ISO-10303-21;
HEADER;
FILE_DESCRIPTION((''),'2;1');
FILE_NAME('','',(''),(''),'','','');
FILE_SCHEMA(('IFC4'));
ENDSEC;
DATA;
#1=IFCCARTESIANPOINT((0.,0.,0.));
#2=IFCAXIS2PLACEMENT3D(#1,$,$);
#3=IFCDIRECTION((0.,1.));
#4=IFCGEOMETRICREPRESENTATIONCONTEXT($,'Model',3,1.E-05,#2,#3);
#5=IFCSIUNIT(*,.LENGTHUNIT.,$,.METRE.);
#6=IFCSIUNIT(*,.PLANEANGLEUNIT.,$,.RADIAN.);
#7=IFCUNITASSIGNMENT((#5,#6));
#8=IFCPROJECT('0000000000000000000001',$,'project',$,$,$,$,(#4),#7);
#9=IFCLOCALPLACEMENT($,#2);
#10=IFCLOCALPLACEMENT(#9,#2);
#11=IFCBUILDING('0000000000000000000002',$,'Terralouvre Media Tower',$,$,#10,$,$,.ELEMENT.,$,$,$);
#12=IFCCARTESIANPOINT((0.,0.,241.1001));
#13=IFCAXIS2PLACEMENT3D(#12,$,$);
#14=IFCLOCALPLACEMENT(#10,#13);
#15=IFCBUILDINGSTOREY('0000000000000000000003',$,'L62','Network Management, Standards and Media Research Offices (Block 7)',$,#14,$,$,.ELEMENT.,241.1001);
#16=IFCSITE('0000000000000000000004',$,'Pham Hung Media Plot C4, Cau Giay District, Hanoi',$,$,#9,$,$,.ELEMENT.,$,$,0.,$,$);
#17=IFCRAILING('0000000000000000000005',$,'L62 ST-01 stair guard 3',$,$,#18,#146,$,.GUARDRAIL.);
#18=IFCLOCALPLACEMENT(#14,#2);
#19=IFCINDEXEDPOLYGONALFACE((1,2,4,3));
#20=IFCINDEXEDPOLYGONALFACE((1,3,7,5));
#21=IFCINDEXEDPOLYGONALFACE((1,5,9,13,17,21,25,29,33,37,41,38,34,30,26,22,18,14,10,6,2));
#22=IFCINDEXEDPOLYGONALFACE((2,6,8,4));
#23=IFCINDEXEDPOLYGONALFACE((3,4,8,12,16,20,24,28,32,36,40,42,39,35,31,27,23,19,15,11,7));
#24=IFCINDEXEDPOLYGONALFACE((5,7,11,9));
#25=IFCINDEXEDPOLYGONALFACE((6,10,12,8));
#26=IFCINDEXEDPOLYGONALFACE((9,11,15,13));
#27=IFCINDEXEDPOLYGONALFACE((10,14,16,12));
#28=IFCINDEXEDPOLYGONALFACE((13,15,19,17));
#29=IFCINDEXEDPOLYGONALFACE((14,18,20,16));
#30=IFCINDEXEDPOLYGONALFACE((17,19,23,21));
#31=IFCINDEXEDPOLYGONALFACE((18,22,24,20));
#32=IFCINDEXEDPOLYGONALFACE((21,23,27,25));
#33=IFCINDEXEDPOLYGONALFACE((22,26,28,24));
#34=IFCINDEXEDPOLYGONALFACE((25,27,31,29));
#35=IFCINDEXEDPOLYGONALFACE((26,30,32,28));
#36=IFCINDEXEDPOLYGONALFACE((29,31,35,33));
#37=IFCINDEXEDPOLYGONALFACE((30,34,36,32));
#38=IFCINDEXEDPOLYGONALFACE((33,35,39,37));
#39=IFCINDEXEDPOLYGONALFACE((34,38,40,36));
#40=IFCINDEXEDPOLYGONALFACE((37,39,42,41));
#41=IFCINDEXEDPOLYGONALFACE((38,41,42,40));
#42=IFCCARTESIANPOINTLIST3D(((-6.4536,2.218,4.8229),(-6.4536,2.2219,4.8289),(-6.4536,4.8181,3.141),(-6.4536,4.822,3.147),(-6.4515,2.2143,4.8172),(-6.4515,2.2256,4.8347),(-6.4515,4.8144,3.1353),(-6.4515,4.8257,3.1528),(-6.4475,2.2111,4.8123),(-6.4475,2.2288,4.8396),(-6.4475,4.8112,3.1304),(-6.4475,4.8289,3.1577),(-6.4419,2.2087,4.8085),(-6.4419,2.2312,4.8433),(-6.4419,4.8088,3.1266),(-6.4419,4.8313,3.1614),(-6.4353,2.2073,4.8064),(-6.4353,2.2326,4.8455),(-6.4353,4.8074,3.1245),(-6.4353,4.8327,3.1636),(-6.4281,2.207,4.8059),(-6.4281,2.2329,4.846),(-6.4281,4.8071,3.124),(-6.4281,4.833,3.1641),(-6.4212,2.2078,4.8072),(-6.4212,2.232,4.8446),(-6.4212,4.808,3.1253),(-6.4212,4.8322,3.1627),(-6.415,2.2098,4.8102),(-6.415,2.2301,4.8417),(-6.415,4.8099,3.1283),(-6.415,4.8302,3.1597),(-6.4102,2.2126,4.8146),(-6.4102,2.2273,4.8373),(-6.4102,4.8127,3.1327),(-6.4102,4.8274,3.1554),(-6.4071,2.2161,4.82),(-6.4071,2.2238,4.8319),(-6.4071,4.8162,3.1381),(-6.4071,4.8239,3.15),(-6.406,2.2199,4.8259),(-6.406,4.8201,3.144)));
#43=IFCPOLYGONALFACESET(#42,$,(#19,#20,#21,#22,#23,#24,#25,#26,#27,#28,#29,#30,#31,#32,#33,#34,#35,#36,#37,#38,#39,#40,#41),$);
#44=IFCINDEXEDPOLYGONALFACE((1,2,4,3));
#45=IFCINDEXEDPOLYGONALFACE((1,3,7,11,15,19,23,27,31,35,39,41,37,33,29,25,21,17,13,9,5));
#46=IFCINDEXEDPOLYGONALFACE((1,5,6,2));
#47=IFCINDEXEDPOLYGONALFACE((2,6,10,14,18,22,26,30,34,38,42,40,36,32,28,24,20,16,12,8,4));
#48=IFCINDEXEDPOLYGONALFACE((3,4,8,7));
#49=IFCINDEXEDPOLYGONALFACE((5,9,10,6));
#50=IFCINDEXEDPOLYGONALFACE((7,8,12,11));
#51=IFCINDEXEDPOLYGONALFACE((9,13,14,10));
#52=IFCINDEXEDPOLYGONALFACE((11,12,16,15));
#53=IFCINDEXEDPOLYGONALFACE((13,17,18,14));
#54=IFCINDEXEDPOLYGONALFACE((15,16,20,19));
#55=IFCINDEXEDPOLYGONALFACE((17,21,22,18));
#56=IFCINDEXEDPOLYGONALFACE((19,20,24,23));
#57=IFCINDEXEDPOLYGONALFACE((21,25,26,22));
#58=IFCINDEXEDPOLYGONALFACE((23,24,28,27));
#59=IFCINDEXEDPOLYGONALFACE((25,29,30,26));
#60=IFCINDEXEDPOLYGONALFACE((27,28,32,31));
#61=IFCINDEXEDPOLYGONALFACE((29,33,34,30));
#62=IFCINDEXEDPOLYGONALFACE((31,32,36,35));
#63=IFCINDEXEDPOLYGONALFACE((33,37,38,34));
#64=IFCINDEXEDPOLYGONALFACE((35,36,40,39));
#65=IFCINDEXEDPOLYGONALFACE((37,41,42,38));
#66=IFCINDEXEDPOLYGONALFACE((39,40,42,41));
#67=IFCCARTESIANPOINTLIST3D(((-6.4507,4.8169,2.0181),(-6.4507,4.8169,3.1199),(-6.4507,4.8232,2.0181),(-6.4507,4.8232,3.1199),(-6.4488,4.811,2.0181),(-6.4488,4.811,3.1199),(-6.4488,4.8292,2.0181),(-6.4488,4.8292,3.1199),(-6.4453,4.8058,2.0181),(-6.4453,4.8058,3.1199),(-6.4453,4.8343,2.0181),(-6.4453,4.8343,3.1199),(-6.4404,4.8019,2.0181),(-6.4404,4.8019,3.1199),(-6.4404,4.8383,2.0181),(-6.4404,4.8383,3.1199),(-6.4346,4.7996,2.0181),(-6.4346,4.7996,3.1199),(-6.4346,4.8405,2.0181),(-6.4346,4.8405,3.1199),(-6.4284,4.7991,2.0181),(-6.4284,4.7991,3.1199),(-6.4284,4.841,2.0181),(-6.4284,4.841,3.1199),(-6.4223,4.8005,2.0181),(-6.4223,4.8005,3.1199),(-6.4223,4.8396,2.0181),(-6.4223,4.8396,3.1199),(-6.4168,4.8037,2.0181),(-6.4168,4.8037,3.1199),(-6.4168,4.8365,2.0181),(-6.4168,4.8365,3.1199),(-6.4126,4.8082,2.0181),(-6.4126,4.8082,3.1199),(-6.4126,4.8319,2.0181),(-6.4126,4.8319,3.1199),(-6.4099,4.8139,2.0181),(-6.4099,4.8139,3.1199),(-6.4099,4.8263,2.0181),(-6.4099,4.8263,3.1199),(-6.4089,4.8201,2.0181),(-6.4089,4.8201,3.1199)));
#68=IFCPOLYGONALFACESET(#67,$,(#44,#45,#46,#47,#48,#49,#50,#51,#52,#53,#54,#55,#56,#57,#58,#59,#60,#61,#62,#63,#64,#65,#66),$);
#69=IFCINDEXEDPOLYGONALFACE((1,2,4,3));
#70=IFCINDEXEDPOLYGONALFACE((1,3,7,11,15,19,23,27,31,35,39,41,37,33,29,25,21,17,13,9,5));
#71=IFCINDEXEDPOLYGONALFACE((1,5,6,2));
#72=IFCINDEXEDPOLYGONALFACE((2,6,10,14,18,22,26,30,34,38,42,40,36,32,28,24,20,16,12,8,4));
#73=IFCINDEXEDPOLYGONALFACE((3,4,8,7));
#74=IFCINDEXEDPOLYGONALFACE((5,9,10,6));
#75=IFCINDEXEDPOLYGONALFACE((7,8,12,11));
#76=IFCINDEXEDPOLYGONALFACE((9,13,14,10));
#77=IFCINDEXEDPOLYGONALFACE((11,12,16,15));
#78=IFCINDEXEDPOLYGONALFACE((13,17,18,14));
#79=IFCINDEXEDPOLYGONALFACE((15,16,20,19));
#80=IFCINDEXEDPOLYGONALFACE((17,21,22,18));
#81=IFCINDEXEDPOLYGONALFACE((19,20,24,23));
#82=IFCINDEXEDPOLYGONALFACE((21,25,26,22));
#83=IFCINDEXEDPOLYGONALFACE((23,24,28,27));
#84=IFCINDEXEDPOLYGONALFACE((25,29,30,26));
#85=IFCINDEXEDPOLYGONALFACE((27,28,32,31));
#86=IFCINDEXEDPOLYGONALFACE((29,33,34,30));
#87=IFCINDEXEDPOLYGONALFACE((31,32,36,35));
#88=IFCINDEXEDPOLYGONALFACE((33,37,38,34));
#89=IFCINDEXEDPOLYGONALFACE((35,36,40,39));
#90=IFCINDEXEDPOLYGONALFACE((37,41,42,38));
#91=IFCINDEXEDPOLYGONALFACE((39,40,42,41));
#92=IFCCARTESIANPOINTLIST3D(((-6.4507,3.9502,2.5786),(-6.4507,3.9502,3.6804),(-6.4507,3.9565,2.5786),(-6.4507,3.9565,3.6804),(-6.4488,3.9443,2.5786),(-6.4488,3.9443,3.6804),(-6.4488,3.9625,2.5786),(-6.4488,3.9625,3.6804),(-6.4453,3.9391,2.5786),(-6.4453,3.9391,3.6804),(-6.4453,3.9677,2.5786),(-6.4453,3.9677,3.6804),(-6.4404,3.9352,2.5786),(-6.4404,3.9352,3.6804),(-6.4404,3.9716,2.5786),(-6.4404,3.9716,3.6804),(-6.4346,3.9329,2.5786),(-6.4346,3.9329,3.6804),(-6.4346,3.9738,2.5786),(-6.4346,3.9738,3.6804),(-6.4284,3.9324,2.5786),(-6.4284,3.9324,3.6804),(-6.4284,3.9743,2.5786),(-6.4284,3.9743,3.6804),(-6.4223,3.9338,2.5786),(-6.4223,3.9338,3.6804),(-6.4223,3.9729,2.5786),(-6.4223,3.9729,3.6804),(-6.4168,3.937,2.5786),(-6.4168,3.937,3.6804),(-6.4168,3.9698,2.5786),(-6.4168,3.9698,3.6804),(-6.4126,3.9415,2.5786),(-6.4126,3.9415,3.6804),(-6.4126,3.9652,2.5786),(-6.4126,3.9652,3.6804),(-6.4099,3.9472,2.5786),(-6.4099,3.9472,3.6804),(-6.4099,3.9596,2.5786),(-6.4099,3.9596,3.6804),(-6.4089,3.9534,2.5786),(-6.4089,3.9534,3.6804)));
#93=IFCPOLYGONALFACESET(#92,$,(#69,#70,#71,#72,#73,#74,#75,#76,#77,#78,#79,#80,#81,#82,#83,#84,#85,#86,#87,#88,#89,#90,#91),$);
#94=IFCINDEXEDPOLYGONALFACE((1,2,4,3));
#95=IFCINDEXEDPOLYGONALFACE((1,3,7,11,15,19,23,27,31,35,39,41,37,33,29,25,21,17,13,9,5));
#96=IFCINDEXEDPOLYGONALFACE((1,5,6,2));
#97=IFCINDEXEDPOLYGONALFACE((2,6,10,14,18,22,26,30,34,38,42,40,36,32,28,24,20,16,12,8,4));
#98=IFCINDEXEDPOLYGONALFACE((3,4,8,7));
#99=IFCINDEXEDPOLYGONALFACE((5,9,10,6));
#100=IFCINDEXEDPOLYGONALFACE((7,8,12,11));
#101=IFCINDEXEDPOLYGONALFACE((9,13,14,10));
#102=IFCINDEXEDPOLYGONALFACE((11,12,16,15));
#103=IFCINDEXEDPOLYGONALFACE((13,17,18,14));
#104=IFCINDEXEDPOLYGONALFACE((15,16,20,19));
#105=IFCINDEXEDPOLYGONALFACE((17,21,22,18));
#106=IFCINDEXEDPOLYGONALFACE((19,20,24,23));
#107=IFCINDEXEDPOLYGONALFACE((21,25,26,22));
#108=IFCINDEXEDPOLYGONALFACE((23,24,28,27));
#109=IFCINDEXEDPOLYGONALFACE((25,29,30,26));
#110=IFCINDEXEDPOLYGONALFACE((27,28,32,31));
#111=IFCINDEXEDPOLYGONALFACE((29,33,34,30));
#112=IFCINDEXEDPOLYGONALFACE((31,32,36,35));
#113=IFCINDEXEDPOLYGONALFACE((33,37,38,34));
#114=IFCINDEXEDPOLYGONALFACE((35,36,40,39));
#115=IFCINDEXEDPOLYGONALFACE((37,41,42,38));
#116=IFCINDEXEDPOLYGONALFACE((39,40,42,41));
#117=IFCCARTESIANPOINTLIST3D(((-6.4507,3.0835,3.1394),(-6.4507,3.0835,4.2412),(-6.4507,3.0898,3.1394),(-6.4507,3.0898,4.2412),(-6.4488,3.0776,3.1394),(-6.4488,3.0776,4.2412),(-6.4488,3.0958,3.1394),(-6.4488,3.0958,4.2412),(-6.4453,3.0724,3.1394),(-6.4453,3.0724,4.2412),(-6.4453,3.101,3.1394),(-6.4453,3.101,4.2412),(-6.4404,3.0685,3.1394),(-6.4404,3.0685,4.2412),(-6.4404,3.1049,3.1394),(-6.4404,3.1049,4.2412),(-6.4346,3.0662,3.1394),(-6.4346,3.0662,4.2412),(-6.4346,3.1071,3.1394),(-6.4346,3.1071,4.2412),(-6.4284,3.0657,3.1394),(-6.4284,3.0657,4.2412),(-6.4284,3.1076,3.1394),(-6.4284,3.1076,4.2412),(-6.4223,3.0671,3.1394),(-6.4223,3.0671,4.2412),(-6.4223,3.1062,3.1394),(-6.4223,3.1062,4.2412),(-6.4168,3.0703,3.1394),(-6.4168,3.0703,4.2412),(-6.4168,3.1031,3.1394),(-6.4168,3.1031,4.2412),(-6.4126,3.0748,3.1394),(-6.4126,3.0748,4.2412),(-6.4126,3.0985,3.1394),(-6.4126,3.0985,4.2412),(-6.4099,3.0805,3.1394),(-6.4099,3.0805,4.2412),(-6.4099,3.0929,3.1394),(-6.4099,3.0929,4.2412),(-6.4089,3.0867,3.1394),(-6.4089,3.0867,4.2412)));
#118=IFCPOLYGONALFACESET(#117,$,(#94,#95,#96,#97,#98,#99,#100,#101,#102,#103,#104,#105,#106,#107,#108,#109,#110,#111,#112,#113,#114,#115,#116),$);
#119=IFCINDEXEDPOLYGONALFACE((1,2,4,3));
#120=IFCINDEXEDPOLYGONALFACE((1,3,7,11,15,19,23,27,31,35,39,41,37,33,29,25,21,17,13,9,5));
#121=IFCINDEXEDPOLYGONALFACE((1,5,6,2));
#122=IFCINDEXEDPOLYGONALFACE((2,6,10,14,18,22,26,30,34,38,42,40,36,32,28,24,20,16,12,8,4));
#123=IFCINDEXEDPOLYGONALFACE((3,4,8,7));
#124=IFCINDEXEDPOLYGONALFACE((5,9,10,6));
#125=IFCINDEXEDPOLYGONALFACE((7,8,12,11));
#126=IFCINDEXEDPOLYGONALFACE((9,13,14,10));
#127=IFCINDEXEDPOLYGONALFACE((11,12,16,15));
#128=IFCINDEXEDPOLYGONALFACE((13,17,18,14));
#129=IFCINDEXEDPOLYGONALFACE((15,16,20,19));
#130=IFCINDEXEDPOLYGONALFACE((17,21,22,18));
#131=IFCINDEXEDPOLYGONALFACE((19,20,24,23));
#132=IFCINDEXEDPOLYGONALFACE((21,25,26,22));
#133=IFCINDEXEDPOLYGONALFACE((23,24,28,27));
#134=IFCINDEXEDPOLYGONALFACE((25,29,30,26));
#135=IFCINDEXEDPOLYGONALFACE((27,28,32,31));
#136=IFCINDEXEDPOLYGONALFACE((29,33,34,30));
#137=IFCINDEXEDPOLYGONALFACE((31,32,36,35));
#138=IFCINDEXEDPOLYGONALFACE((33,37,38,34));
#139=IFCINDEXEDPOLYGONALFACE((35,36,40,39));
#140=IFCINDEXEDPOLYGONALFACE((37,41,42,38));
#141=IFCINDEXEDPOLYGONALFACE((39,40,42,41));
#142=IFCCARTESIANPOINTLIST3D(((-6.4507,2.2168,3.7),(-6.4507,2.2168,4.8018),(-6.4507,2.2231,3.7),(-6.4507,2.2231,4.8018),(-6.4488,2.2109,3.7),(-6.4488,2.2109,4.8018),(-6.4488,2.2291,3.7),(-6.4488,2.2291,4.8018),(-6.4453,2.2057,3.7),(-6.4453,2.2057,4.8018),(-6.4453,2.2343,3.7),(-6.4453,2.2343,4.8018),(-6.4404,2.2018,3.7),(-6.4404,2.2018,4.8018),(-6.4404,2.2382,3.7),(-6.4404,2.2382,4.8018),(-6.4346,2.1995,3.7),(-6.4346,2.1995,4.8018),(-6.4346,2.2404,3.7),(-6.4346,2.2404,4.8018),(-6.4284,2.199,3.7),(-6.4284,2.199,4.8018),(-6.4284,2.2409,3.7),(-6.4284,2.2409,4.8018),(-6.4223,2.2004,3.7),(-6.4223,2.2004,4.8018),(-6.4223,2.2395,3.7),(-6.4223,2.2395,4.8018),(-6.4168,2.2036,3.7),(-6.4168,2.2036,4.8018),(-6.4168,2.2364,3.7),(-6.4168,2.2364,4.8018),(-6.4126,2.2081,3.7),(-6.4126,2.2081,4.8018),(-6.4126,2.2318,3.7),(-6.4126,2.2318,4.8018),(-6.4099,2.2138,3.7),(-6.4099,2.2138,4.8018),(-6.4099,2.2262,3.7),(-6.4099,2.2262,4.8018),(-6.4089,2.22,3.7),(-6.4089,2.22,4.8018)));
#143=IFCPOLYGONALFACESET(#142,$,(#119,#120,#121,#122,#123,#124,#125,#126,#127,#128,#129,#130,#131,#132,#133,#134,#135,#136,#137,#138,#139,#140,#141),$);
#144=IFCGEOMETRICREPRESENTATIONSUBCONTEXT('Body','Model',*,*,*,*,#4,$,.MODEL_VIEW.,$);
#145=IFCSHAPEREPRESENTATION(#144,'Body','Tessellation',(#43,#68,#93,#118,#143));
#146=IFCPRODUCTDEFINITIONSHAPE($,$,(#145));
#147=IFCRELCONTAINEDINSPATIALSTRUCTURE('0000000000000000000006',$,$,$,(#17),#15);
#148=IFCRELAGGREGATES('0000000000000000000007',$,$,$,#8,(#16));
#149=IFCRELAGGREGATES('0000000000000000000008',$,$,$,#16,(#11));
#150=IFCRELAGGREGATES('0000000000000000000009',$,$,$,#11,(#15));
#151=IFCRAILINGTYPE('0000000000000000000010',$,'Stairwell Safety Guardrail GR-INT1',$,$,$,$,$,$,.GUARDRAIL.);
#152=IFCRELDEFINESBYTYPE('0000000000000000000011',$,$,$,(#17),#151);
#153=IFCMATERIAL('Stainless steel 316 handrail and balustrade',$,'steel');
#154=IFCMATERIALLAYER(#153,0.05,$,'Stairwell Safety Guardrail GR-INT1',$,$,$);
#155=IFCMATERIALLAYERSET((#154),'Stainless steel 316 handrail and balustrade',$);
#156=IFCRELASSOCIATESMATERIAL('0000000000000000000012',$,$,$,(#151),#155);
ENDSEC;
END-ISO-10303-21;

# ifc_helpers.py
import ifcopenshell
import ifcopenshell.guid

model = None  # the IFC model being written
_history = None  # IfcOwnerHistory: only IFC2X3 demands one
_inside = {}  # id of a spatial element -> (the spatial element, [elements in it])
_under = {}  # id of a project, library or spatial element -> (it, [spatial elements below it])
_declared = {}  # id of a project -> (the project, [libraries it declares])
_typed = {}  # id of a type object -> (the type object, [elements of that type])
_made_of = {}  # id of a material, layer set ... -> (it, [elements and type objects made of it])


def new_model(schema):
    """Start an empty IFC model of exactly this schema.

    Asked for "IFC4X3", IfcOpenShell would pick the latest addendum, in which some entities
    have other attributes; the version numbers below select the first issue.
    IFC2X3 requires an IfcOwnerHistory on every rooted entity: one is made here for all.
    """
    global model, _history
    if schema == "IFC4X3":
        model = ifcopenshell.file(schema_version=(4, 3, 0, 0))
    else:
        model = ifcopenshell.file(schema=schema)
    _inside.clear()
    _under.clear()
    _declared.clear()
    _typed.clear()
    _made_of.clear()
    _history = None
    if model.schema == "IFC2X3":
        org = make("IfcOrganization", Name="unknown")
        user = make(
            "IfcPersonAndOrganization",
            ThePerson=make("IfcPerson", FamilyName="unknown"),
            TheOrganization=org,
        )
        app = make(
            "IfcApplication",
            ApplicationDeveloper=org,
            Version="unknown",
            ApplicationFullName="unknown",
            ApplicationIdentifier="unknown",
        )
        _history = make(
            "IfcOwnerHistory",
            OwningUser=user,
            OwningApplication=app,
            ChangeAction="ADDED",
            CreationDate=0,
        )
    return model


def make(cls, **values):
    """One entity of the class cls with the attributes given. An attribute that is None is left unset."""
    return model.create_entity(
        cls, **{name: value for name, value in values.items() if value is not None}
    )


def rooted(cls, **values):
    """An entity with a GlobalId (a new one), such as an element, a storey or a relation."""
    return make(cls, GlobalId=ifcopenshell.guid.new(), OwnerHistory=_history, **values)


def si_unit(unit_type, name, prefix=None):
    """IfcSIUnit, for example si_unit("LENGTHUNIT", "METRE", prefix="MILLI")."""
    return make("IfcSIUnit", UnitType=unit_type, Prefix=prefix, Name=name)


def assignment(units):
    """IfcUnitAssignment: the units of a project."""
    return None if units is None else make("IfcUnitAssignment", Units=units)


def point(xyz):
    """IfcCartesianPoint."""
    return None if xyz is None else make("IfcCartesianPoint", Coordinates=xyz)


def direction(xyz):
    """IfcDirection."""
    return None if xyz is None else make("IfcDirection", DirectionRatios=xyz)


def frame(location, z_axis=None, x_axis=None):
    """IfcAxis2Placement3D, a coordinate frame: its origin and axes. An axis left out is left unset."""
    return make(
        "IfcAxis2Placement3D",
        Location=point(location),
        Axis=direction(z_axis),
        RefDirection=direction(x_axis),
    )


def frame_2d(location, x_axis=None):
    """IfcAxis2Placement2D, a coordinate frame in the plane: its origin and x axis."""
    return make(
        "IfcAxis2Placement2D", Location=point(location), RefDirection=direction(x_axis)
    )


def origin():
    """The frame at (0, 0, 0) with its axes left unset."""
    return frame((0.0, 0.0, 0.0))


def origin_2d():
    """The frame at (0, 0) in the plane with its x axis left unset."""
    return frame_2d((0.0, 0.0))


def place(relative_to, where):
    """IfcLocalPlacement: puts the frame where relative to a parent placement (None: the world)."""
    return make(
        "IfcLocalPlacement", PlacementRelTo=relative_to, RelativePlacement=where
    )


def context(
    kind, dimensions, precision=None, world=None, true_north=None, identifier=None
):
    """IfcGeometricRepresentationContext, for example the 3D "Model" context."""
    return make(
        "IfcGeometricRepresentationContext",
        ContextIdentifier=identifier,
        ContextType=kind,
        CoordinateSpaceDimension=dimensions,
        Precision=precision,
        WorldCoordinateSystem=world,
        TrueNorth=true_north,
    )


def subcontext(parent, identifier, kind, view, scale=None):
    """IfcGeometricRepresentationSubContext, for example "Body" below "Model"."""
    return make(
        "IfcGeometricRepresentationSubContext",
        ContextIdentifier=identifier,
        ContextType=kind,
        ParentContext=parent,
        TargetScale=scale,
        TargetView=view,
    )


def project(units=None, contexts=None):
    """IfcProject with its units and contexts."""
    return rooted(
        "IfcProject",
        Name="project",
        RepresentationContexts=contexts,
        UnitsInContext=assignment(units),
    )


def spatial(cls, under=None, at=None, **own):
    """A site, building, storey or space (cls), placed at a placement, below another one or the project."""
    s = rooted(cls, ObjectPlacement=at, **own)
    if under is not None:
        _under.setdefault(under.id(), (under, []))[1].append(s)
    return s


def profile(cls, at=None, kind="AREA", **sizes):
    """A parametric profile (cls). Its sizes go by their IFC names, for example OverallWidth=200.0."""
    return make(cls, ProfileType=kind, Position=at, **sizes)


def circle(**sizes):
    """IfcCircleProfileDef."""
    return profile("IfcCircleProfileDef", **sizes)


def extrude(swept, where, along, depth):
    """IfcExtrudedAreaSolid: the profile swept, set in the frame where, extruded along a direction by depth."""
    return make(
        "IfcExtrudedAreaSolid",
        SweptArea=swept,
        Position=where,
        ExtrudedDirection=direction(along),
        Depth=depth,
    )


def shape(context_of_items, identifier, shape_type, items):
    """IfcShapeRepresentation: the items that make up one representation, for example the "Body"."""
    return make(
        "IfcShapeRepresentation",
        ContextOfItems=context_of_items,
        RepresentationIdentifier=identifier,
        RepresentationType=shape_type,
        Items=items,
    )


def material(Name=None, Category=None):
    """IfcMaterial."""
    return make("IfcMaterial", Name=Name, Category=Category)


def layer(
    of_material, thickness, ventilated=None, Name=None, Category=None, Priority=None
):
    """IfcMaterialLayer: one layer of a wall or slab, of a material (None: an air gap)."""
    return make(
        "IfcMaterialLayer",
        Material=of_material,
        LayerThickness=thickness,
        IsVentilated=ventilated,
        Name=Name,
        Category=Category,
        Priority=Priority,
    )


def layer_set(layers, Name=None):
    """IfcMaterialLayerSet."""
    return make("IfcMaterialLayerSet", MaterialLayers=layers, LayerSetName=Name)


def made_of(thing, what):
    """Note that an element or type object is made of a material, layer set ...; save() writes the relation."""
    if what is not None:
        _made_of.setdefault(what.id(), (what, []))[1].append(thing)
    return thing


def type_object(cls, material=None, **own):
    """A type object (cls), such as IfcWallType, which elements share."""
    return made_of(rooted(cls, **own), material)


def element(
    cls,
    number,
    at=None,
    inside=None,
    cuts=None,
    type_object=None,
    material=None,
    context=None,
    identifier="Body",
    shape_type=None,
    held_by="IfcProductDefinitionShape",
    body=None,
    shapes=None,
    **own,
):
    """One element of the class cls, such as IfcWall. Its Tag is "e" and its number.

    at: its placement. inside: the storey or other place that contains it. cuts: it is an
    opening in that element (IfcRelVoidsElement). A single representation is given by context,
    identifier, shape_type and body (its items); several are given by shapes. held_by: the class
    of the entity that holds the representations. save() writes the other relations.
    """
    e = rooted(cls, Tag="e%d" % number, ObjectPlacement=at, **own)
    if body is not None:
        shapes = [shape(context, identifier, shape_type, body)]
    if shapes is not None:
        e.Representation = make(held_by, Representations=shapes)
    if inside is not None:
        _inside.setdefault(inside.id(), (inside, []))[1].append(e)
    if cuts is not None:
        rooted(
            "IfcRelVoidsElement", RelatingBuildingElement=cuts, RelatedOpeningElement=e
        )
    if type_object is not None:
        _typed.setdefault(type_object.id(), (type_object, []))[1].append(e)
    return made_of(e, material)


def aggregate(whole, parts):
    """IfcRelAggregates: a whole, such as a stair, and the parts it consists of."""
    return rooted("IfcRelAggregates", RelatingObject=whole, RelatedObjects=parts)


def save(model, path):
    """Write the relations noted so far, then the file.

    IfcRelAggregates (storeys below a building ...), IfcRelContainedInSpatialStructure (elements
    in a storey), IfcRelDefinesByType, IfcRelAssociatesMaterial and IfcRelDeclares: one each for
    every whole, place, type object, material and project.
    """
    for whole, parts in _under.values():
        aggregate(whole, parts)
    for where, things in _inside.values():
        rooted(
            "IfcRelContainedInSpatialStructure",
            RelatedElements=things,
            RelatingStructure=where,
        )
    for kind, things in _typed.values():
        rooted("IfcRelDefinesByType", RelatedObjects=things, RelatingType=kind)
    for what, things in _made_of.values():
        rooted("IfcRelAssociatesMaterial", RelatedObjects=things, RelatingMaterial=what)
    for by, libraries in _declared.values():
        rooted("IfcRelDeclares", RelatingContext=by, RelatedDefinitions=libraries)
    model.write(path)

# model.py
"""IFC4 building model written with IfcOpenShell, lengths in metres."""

from ifc_helpers import new_model, si_unit, direction, frame, origin, origin_2d, place, context, subcontext, project, spatial, circle, extrude, material, layer, layer_set, type_object, element, save


model = new_model("IFC4")

# Units and contexts
model_context = context("Model", 3, precision=1e-05, world=origin(), true_north=direction((0.0, 1.0)))
body_context = subcontext(model_context, "Body", "Model", "MODEL_VIEW")
ifc_project = project(units=[si_unit("LENGTHUNIT", "METRE"), si_unit("PLANEANGLEUNIT", "RADIAN")], contexts=[model_context])

# Site, building, storey
site_placement = place(None, origin())
site = spatial("IfcSite", under=ifc_project, at=site_placement, Name="Pham Hung Media Plot C4, Cau Giay District, Hanoi", CompositionType="ELEMENT", RefElevation=0.0)
building_placement = place(site_placement, origin())
building = spatial("IfcBuilding", under=site, at=building_placement, Name="Terralouvre Media Tower", CompositionType="ELEMENT")
storey_placement = place(building_placement, frame((0.0, 0.0, 241.1001)))
storey = spatial("IfcBuildingStorey", under=building, at=storey_placement, Name="L62", Description="Network Management, Standards and Media Research Offices (Block 7)", CompositionType="ELEMENT", Elevation=241.1001)

# Railing
ifc_material_1 = material(Name="Stainless steel 316 handrail and balustrade", Category="steel")
ifc_layer_1 = layer(ifc_material_1, 0.05, Name="Stairwell Safety Guardrail GR-INT1")
ifc_layer_set_1 = layer_set([ifc_layer_1], Name="Stainless steel 316 handrail and balustrade")
railing_type_1 = type_object("IfcRailingType", Name="Stairwell Safety Guardrail GR-INT1", PredefinedType="GUARDRAIL", material=ifc_layer_set_1)
railing_1_placement = place(storey_placement, frame((-6.4299, 4.8201, 2.0181)))
element("IfcRailing", 1, at=railing_1_placement, inside=storey, type_object=railing_type_1, Name="L62 ST-01 stair guard 3", PredefinedType="GUARDRAIL", context=body_context, shape_type="SweptSolid", body=[
    extrude(circle(Radius=0.0239, at=origin_2d()), frame((0.0, 0.0, 1.126), z_axis=(0.0, -0.839648, 0.54313), x_axis=(1.0, 0.0, 0.0)), (0.0, 0.0, 1.0), 3.0967),
    extrude(circle(Radius=0.021, at=origin_2d()), origin(), (0.0, 0.0, 1.0), 1.1018),
    extrude(circle(Radius=0.021, at=origin_2d()), frame((0.0, -0.8667, 0.5605)), (0.0, 0.0, 1.0), 1.1018),
    extrude(circle(Radius=0.021, at=origin_2d()), frame((0.0, -1.7334, 1.1213)), (0.0, 0.0, 1.0), 1.1018),
    extrude(circle(Radius=0.021, at=origin_2d()), frame((0.0, -2.6001, 1.6819)), (0.0, 0.0, 1.0), 1.1018),
])

save(model, "model.ifc")
